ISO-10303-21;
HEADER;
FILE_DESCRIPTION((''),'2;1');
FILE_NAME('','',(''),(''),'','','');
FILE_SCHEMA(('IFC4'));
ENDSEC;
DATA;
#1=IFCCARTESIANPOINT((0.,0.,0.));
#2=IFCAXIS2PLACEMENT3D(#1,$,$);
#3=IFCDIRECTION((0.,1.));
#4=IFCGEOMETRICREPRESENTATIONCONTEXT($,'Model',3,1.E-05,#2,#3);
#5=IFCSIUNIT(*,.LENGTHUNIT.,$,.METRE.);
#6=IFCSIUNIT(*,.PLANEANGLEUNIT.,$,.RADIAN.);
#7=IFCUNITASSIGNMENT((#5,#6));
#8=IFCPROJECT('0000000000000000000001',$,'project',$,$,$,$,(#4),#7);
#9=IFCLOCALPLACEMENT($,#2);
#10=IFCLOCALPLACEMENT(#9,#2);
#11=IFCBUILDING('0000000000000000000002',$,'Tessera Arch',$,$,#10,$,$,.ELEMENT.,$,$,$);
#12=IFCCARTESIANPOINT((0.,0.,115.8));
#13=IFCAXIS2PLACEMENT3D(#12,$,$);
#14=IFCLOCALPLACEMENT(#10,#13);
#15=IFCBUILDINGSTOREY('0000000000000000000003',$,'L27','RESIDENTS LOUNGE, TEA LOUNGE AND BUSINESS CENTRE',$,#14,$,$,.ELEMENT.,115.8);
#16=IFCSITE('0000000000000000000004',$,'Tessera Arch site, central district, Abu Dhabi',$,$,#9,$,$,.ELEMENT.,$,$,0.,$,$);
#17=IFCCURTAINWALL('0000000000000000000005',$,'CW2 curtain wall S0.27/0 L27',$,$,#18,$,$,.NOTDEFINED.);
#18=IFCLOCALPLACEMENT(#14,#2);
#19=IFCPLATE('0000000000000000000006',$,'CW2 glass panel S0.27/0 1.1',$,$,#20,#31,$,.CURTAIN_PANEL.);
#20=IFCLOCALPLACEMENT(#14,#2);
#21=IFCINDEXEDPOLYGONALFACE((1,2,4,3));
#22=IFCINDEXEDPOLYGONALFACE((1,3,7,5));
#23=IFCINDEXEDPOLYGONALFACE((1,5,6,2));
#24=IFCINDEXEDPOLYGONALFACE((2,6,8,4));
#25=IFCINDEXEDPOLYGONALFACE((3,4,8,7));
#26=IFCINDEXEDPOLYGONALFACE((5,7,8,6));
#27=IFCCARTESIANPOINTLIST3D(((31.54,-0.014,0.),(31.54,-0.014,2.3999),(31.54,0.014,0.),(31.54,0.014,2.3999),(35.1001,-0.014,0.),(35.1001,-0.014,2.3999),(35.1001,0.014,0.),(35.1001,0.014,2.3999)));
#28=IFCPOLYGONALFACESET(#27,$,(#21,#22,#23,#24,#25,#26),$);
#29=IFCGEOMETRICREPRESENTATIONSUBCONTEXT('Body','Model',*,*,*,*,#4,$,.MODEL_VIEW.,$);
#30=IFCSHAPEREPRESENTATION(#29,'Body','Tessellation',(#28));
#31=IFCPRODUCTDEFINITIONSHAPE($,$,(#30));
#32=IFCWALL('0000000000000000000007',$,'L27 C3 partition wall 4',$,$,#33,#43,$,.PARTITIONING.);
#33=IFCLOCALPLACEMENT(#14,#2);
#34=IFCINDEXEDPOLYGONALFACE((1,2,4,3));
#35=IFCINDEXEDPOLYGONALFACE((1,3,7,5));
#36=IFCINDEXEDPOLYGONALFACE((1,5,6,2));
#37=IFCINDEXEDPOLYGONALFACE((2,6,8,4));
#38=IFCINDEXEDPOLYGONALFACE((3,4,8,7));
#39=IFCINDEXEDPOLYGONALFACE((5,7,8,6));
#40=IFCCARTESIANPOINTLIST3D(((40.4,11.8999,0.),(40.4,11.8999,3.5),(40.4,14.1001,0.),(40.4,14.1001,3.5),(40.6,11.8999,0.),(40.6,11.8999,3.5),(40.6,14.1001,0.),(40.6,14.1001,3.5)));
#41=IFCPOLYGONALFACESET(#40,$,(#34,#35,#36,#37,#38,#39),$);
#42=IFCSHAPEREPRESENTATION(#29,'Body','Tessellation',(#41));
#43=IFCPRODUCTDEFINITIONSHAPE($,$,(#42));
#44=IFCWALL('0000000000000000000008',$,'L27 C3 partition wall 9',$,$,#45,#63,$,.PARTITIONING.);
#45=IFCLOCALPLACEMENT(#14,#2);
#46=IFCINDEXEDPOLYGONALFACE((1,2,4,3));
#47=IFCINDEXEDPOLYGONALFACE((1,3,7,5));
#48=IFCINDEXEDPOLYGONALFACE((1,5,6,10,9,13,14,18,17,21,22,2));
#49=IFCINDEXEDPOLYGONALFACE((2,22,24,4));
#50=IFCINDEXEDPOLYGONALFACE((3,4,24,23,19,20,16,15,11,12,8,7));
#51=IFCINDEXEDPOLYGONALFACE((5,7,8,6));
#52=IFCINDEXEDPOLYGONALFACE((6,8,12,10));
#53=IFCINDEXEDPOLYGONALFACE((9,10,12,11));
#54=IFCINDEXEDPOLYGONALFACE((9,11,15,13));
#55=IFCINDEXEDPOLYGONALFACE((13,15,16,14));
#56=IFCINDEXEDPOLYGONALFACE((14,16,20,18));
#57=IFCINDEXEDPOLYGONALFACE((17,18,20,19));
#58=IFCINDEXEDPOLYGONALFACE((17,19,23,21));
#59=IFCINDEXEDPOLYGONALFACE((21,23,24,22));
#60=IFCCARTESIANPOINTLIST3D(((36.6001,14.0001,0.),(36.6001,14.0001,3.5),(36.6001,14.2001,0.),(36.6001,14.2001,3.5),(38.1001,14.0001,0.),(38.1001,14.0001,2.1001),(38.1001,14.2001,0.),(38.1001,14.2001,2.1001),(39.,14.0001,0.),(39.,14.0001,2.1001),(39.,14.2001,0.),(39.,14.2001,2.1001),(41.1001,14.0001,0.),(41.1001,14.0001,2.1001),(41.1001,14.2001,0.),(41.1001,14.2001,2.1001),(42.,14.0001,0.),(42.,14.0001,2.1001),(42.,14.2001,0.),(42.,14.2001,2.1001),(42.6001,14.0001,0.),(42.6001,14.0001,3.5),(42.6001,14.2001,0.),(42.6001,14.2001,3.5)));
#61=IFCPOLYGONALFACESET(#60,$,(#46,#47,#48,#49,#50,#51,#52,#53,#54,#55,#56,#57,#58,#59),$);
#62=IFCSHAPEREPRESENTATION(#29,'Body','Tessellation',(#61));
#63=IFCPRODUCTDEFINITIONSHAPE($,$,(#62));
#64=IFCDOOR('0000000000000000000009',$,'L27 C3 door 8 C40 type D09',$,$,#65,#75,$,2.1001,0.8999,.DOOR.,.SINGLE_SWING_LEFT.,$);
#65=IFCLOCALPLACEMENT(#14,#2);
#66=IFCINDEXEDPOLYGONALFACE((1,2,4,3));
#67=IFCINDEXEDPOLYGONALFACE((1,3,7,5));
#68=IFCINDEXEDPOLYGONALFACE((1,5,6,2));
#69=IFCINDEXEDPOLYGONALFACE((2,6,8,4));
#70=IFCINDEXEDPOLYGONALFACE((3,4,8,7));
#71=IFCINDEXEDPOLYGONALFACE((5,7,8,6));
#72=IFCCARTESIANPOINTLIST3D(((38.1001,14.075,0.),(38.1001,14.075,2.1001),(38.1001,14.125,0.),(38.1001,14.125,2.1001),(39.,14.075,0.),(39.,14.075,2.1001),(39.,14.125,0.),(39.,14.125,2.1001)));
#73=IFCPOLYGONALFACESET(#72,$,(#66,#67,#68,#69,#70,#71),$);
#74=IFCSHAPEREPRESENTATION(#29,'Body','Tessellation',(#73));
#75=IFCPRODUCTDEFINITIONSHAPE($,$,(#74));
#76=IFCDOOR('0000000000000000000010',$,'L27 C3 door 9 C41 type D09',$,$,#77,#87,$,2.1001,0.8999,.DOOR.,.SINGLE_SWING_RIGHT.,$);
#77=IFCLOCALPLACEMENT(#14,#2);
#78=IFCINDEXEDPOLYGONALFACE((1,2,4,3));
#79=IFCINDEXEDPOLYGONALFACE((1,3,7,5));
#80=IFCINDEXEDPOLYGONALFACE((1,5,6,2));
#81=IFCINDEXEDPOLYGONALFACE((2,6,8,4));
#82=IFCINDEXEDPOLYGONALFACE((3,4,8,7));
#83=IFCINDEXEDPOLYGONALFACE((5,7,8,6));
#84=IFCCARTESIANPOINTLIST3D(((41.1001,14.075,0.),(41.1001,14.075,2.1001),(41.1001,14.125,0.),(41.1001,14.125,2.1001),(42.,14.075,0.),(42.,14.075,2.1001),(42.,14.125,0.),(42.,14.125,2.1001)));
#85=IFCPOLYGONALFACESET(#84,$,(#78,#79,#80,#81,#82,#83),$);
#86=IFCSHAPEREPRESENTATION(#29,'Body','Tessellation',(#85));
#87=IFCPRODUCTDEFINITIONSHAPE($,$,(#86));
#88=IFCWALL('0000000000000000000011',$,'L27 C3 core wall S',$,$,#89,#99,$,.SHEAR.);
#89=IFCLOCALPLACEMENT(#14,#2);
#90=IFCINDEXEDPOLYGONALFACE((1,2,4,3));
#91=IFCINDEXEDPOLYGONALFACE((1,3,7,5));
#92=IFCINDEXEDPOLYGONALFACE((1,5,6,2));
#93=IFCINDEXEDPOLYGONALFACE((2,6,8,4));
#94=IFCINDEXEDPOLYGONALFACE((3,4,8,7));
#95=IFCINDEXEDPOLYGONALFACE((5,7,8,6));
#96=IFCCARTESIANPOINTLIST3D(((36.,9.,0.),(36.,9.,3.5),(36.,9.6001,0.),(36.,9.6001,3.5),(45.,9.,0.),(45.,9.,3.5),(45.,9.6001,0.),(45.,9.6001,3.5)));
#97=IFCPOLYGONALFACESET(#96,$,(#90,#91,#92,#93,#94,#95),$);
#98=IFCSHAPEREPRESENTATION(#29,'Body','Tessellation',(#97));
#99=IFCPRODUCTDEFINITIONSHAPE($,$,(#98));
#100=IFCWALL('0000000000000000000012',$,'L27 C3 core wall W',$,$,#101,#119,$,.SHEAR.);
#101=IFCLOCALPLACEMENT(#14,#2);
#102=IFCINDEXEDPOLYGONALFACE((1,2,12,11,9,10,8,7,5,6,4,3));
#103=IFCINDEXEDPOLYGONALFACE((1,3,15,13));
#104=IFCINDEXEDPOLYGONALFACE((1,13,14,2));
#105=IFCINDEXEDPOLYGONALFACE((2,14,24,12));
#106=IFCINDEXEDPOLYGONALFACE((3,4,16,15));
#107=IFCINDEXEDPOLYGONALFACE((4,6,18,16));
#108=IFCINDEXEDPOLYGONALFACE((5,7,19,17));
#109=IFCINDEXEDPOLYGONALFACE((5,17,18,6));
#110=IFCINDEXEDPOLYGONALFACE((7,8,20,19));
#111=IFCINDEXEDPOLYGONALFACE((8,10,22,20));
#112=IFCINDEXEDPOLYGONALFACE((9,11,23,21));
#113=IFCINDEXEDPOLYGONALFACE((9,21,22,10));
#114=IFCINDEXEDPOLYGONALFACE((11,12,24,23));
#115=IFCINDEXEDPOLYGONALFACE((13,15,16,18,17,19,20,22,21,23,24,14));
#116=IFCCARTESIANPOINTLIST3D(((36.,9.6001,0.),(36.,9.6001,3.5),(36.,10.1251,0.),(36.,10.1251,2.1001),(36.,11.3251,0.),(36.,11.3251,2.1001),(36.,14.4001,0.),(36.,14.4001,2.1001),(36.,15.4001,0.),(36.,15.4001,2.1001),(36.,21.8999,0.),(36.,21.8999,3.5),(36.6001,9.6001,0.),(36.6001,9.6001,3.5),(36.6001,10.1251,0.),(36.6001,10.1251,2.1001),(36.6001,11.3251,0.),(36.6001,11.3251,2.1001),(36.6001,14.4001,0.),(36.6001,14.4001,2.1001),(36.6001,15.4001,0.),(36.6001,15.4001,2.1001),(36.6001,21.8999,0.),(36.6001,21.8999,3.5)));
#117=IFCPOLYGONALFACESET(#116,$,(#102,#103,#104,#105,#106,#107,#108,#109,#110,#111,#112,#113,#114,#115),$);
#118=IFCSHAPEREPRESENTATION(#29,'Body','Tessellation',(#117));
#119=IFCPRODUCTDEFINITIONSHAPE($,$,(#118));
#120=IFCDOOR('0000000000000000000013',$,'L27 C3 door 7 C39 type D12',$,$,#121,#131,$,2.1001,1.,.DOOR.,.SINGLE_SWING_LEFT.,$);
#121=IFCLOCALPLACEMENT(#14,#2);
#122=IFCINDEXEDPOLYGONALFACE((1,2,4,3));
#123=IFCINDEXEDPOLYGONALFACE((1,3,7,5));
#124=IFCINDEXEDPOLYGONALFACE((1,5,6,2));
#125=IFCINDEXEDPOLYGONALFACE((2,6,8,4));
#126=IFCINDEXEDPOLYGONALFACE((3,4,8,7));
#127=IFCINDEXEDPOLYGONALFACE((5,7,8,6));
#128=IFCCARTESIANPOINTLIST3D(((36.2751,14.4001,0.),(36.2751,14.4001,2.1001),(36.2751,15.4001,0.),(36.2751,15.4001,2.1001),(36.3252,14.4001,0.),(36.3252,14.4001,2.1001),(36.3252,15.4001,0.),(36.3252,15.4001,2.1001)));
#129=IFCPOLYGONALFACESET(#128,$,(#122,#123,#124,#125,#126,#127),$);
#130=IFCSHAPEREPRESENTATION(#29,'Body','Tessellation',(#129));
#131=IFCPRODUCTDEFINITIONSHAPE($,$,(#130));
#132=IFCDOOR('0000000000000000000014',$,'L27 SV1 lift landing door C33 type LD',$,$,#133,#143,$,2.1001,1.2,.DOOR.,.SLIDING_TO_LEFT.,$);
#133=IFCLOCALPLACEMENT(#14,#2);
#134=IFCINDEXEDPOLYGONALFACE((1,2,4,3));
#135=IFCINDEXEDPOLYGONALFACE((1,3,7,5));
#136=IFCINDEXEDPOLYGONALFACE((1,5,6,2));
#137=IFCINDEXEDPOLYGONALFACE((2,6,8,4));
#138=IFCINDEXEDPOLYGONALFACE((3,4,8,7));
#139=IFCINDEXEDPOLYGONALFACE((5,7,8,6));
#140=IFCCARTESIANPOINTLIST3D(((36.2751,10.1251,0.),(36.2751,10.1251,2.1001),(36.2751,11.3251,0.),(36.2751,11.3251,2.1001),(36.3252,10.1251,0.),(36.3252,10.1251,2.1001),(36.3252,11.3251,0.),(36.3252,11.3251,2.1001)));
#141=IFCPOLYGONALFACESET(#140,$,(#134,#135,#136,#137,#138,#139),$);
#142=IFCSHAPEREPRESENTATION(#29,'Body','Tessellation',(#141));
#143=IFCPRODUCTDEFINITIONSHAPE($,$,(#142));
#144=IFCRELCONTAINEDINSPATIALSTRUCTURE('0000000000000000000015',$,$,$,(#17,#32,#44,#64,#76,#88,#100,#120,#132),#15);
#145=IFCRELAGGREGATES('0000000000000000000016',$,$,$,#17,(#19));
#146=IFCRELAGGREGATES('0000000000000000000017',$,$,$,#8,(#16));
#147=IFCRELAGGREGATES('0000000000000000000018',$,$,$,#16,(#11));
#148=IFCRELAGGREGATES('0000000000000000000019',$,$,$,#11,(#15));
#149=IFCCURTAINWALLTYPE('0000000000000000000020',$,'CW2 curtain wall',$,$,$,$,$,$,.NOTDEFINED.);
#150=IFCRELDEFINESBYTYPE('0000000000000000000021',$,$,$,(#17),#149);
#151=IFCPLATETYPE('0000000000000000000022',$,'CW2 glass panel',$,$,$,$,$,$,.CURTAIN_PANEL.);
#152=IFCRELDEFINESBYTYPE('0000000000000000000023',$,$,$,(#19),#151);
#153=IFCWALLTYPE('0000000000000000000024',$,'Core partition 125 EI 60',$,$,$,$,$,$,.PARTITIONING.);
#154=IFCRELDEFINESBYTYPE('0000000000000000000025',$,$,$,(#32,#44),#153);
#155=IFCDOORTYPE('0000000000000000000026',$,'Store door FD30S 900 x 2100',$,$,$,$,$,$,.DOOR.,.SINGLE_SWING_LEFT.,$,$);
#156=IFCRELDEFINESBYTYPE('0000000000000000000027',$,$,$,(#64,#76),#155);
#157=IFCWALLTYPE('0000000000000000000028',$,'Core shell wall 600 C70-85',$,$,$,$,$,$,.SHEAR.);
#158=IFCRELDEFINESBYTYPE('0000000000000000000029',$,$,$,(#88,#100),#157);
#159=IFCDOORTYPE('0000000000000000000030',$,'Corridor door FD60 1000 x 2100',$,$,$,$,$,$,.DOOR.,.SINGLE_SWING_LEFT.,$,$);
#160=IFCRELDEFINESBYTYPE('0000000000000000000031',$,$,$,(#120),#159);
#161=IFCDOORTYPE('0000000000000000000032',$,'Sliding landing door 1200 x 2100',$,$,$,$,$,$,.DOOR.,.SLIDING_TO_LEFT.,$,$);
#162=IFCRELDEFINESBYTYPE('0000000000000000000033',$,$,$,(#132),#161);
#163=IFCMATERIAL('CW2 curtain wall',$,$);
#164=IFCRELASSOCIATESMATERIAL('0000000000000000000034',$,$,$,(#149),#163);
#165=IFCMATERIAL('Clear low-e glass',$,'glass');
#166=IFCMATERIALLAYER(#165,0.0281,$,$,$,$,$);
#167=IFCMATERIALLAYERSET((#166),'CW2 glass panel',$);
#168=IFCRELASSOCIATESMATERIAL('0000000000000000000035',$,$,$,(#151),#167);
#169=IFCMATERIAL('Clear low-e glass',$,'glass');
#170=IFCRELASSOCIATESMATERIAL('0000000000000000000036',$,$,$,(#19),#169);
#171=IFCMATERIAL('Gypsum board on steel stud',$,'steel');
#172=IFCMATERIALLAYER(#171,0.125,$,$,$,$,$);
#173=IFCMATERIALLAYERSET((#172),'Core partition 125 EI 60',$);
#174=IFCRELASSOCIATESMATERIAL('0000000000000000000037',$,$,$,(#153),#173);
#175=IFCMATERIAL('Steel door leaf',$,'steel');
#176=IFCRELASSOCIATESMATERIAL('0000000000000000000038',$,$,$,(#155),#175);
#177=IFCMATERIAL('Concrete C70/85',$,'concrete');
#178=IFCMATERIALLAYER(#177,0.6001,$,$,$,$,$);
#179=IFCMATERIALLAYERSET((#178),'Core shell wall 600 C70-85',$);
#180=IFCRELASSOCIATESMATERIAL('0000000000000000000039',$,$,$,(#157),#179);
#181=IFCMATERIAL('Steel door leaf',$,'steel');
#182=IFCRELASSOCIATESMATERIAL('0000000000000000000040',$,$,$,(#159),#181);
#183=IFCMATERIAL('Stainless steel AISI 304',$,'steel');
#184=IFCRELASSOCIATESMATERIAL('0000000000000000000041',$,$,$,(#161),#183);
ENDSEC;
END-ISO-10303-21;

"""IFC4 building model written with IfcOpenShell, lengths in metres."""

from ifc_helpers import new_model, si_unit, direction, frame, frame_2d, origin, origin_2d, place, context, subcontext, project, spatial, rectangle, extrude, material, layer, layer_set, type_object, element, fill, aggregate, save


model = new_model("IFC4")

# Units and contexts
model_context = context("Model", 3, precision=1e-05, world=origin(), true_north=direction((0.0, 1.0)))
body_context = subcontext(model_context, "Body", "Model", "MODEL_VIEW")
ifc_project = project(units=[si_unit("LENGTHUNIT", "METRE"), si_unit("PLANEANGLEUNIT", "RADIAN")], contexts=[model_context])

# Site, building, storey
site_placement = place(None, origin())
site = spatial("IfcSite", under=ifc_project, at=site_placement, Name="Tessera Arch site, central district, Abu Dhabi", CompositionType="ELEMENT", RefElevation=0.0)
building_placement = place(site_placement, origin())
building = spatial("IfcBuilding", under=site, at=building_placement, Name="Tessera Arch", CompositionType="ELEMENT")
storey_placement = place(building_placement, frame((0.0, 0.0, 115.8)))
storey = spatial("IfcBuildingStorey", under=building, at=storey_placement, Name="L27", Description="RESIDENTS LOUNGE, TEA LOUNGE AND BUSINESS CENTRE", CompositionType="ELEMENT", Elevation=115.8)

# Curtain wall
ifc_material_1 = material(Name="CW2 curtain wall")
curtain_wall_type_1 = type_object("IfcCurtainWallType", Name="CW2 curtain wall", PredefinedType="NOTDEFINED", material=ifc_material_1)
curtain_wall_1_placement = place(storey_placement, origin())
curtain_wall_1 = element("IfcCurtainWall", 1, at=curtain_wall_1_placement, inside=storey, type_object=curtain_wall_type_1, Name="CW2 curtain wall S0.27/0 L27", PredefinedType="NOTDEFINED")

# Shared definitions
ifc_material_2 = material(Name="Clear low-e glass", Category="glass")

# Plate
ifc_material_3 = material(Name="Clear low-e glass", Category="glass")
ifc_layer_1 = layer(ifc_material_3, 0.0281)
ifc_layer_set_1 = layer_set([ifc_layer_1], Name="CW2 glass panel")
plate_type_1 = type_object("IfcPlateType", Name="CW2 glass panel", PredefinedType="CURTAIN_PANEL", material=ifc_layer_set_1)
plate_1_placement = place(storey_placement, frame((33.3201, 0.0, 0.0), z_axis=(0.0, 0.0, 1.0), x_axis=(1.0, 0.0, 0.0)))
plate_1 = element("IfcPlate", 2, at=plate_1_placement, type_object=plate_type_1, material=ifc_material_2, Name="CW2 glass panel S0.27/0 1.1", PredefinedType="CURTAIN_PANEL", context=body_context, shape_type="SweptSolid", body=[
    extrude(rectangle(XDim=3.5601, YDim=0.0281, at=origin_2d()), origin(), (0.0, 0.0, 1.0), 2.3999),
])
aggregate(curtain_wall_1, [plate_1])

# Wall
ifc_material_4 = material(Name="Gypsum board on steel stud", Category="steel")
ifc_layer_2 = layer(ifc_material_4, 0.125)
ifc_layer_set_2 = layer_set([ifc_layer_2], Name="Core partition 125 EI 60")
wall_type_1 = type_object("IfcWallType", Name="Core partition 125 EI 60", PredefinedType="PARTITIONING", material=ifc_layer_set_2)
wall_1_placement = place(storey_placement, frame((40.5, 11.8999, 0.0), z_axis=(0.0, 0.0, 1.0), x_axis=(0.0, 1.0, 0.0)))
element("IfcWall", 3, at=wall_1_placement, inside=storey, type_object=wall_type_1, Name="L27 C3 partition wall 4", PredefinedType="PARTITIONING", context=body_context, shape_type="SweptSolid", body=[
    extrude(rectangle(XDim=2.2002, YDim=0.2, at=frame_2d((1.1001, 0.0))), origin(), (0.0, 0.0, 1.0), 3.5),
])

# Wall, openings, doors
wall_2_placement = place(storey_placement, frame((36.6001, 14.1001, 0.0), z_axis=(0.0, 0.0, 1.0), x_axis=(1.0, 0.0, 0.0)))
wall_2 = element("IfcWall", 4, at=wall_2_placement, inside=storey, type_object=wall_type_1, Name="L27 C3 partition wall 9", PredefinedType="PARTITIONING", context=body_context, shape_type="SweptSolid", body=[
    extrude(rectangle(XDim=6.0, YDim=0.2, at=frame_2d((3.0, 0.0))), origin(), (0.0, 0.0, 1.0), 3.5),
])
opening_1_placement = place(wall_2_placement, frame((1.5, 0.0, 0.0)))
opening_1 = element("IfcOpeningElement", 5, at=opening_1_placement, cuts=wall_2, PredefinedType="OPENING", context=body_context, shape_type="SweptSolid", body=[
    extrude(rectangle(XDim=0.8999, YDim=2.1001, at=frame_2d((0.45, 1.05))), frame((0.0, 0.1099, 0.0), z_axis=(0.0, -1.0, 0.0), x_axis=(1.0, 0.0, 0.0)), (0.0, 0.0, 1.0), 0.22),
])
opening_2_placement = place(wall_2_placement, frame((4.5, 0.0, 0.0)))
opening_2 = element("IfcOpeningElement", 6, at=opening_2_placement, cuts=wall_2, PredefinedType="OPENING", context=body_context, shape_type="SweptSolid", body=[
    extrude(rectangle(XDim=0.8999, YDim=2.1001, at=frame_2d((0.45, 1.05))), frame((0.0, 0.1099, 0.0), z_axis=(0.0, -1.0, 0.0), x_axis=(1.0, 0.0, 0.0)), (0.0, 0.0, 1.0), 0.22),
])
ifc_material_5 = material(Name="Steel door leaf", Category="steel")
door_type_1 = type_object("IfcDoorType", Name="Store door FD30S 900 x 2100", OperationType="SINGLE_SWING_LEFT", PredefinedType="DOOR", material=ifc_material_5)
door_1_placement = place(opening_1_placement, origin())
door_1 = element("IfcDoor", 7, at=door_1_placement, inside=storey, type_object=door_type_1, Name="L27 C3 door 8 C40 type D09", OperationType="SINGLE_SWING_LEFT", OverallHeight=2.1001, OverallWidth=0.8999, PredefinedType="DOOR", context=body_context, shape_type="SweptSolid", body=[
    extrude(rectangle(XDim=0.8999, YDim=2.1001, at=frame_2d((0.45, 1.05))), frame((0.0, 0.0249, 0.0), z_axis=(0.0, -1.0, 0.0), x_axis=(1.0, 0.0, 0.0)), (0.0, 0.0, 1.0), 0.05),
])
fill(opening_1, door_1)
door_2_placement = place(opening_2_placement, origin())
door_2 = element("IfcDoor", 8, at=door_2_placement, inside=storey, type_object=door_type_1, Name="L27 C3 door 9 C41 type D09", OperationType="SINGLE_SWING_RIGHT", OverallHeight=2.1001, OverallWidth=0.8999, PredefinedType="DOOR", context=body_context, shape_type="SweptSolid", body=[
    extrude(rectangle(XDim=0.8999, YDim=2.1001, at=frame_2d((0.45, 1.05))), frame((0.0, 0.0249, 0.0), z_axis=(0.0, -1.0, 0.0), x_axis=(1.0, 0.0, 0.0)), (0.0, 0.0, 1.0), 0.05),
])
fill(opening_2, door_2)

# Wall
ifc_material_6 = material(Name="Concrete C70/85", Category="concrete")
ifc_layer_3 = layer(ifc_material_6, 0.6001)
ifc_layer_set_3 = layer_set([ifc_layer_3], Name="Core shell wall 600 C70-85")
wall_type_2 = type_object("IfcWallType", Name="Core shell wall 600 C70-85", PredefinedType="SHEAR", material=ifc_layer_set_3)
wall_3_placement = place(storey_placement, frame((36.0, 9.3, 0.0), z_axis=(0.0, 0.0, 1.0), x_axis=(1.0, 0.0, 0.0)))
element("IfcWall", 9, at=wall_3_placement, inside=storey, type_object=wall_type_2, Name="L27 C3 core wall S", PredefinedType="SHEAR", context=body_context, shape_type="SweptSolid", body=[
    extrude(rectangle(XDim=9.0, YDim=0.6001, at=frame_2d((4.5, 0.0))), origin(), (0.0, 0.0, 1.0), 3.5),
])

# Wall, openings, doors
wall_4_placement = place(storey_placement, frame((36.3, 9.6001, 0.0), z_axis=(0.0, 0.0, 1.0), x_axis=(0.0, 1.0, 0.0)))
wall_4 = element("IfcWall", 10, at=wall_4_placement, inside=storey, type_object=wall_type_2, Name="L27 C3 core wall W", PredefinedType="SHEAR", context=body_context, shape_type="SweptSolid", body=[
    extrude(rectangle(XDim=12.2998, YDim=0.6001, at=frame_2d((6.1499, 0.0))), origin(), (0.0, 0.0, 1.0), 3.5),
])
opening_3_placement = place(wall_4_placement, frame((0.5249, 0.0, 0.0)))
opening_3 = element("IfcOpeningElement", 11, at=opening_3_placement, cuts=wall_4, PredefinedType="OPENING", context=body_context, shape_type="SweptSolid", body=[
    extrude(rectangle(XDim=1.2, YDim=2.1001, at=frame_2d((0.6001, 1.05))), frame((0.0, 0.3101, 0.0), z_axis=(0.0, -1.0, 0.0), x_axis=(1.0, 0.0, 0.0)), (0.0, 0.0, 1.0), 0.6201),
])
opening_4_placement = place(wall_4_placement, frame((4.8, 0.0, 0.0)))
opening_4 = element("IfcOpeningElement", 12, at=opening_4_placement, cuts=wall_4, PredefinedType="OPENING", context=body_context, shape_type="SweptSolid", body=[
    extrude(rectangle(XDim=1.0, YDim=2.1001, at=frame_2d((0.5, 1.05))), frame((0.0, 0.3101, 0.0), z_axis=(0.0, -1.0, 0.0), x_axis=(1.0, 0.0, 0.0)), (0.0, 0.0, 1.0), 0.6201),
])
ifc_material_7 = material(Name="Steel door leaf", Category="steel")
door_type_2 = type_object("IfcDoorType", Name="Corridor door FD60 1000 x 2100", OperationType="SINGLE_SWING_LEFT", PredefinedType="DOOR", material=ifc_material_7)
door_3_placement = place(opening_4_placement, origin())
door_3 = element("IfcDoor", 13, at=door_3_placement, inside=storey, type_object=door_type_2, Name="L27 C3 door 7 C39 type D12", OperationType="SINGLE_SWING_LEFT", OverallHeight=2.1001, OverallWidth=1.0, PredefinedType="DOOR", context=body_context, shape_type="SweptSolid", body=[
    extrude(rectangle(XDim=1.0, YDim=2.1001, at=frame_2d((0.5, 1.05))), frame((0.0, 0.0249, 0.0), z_axis=(0.0, -1.0, 0.0), x_axis=(1.0, 0.0, 0.0)), (0.0, 0.0, 1.0), 0.05),
])
fill(opening_4, door_3)
ifc_material_8 = material(Name="Stainless steel AISI 304", Category="steel")
door_type_3 = type_object("IfcDoorType", Name="Sliding landing door 1200 x 2100", OperationType="SLIDING_TO_LEFT", PredefinedType="DOOR", material=ifc_material_8)
door_4_placement = place(opening_3_placement, origin())
door_4 = element("IfcDoor", 14, at=door_4_placement, inside=storey, type_object=door_type_3, Name="L27 SV1 lift landing door C33 type LD", OperationType="SLIDING_TO_LEFT", OverallHeight=2.1001, OverallWidth=1.2, PredefinedType="DOOR", context=body_context, shape_type="SweptSolid", body=[
    extrude(rectangle(XDim=1.2, YDim=2.1001, at=frame_2d((0.6001, 1.05))), frame((0.0, 0.0249, 0.0), z_axis=(0.0, -1.0, 0.0), x_axis=(1.0, 0.0, 0.0)), (0.0, 0.0, 1.0), 0.05),
])
fill(opening_3, door_4)

save(model, "model.ifc")
